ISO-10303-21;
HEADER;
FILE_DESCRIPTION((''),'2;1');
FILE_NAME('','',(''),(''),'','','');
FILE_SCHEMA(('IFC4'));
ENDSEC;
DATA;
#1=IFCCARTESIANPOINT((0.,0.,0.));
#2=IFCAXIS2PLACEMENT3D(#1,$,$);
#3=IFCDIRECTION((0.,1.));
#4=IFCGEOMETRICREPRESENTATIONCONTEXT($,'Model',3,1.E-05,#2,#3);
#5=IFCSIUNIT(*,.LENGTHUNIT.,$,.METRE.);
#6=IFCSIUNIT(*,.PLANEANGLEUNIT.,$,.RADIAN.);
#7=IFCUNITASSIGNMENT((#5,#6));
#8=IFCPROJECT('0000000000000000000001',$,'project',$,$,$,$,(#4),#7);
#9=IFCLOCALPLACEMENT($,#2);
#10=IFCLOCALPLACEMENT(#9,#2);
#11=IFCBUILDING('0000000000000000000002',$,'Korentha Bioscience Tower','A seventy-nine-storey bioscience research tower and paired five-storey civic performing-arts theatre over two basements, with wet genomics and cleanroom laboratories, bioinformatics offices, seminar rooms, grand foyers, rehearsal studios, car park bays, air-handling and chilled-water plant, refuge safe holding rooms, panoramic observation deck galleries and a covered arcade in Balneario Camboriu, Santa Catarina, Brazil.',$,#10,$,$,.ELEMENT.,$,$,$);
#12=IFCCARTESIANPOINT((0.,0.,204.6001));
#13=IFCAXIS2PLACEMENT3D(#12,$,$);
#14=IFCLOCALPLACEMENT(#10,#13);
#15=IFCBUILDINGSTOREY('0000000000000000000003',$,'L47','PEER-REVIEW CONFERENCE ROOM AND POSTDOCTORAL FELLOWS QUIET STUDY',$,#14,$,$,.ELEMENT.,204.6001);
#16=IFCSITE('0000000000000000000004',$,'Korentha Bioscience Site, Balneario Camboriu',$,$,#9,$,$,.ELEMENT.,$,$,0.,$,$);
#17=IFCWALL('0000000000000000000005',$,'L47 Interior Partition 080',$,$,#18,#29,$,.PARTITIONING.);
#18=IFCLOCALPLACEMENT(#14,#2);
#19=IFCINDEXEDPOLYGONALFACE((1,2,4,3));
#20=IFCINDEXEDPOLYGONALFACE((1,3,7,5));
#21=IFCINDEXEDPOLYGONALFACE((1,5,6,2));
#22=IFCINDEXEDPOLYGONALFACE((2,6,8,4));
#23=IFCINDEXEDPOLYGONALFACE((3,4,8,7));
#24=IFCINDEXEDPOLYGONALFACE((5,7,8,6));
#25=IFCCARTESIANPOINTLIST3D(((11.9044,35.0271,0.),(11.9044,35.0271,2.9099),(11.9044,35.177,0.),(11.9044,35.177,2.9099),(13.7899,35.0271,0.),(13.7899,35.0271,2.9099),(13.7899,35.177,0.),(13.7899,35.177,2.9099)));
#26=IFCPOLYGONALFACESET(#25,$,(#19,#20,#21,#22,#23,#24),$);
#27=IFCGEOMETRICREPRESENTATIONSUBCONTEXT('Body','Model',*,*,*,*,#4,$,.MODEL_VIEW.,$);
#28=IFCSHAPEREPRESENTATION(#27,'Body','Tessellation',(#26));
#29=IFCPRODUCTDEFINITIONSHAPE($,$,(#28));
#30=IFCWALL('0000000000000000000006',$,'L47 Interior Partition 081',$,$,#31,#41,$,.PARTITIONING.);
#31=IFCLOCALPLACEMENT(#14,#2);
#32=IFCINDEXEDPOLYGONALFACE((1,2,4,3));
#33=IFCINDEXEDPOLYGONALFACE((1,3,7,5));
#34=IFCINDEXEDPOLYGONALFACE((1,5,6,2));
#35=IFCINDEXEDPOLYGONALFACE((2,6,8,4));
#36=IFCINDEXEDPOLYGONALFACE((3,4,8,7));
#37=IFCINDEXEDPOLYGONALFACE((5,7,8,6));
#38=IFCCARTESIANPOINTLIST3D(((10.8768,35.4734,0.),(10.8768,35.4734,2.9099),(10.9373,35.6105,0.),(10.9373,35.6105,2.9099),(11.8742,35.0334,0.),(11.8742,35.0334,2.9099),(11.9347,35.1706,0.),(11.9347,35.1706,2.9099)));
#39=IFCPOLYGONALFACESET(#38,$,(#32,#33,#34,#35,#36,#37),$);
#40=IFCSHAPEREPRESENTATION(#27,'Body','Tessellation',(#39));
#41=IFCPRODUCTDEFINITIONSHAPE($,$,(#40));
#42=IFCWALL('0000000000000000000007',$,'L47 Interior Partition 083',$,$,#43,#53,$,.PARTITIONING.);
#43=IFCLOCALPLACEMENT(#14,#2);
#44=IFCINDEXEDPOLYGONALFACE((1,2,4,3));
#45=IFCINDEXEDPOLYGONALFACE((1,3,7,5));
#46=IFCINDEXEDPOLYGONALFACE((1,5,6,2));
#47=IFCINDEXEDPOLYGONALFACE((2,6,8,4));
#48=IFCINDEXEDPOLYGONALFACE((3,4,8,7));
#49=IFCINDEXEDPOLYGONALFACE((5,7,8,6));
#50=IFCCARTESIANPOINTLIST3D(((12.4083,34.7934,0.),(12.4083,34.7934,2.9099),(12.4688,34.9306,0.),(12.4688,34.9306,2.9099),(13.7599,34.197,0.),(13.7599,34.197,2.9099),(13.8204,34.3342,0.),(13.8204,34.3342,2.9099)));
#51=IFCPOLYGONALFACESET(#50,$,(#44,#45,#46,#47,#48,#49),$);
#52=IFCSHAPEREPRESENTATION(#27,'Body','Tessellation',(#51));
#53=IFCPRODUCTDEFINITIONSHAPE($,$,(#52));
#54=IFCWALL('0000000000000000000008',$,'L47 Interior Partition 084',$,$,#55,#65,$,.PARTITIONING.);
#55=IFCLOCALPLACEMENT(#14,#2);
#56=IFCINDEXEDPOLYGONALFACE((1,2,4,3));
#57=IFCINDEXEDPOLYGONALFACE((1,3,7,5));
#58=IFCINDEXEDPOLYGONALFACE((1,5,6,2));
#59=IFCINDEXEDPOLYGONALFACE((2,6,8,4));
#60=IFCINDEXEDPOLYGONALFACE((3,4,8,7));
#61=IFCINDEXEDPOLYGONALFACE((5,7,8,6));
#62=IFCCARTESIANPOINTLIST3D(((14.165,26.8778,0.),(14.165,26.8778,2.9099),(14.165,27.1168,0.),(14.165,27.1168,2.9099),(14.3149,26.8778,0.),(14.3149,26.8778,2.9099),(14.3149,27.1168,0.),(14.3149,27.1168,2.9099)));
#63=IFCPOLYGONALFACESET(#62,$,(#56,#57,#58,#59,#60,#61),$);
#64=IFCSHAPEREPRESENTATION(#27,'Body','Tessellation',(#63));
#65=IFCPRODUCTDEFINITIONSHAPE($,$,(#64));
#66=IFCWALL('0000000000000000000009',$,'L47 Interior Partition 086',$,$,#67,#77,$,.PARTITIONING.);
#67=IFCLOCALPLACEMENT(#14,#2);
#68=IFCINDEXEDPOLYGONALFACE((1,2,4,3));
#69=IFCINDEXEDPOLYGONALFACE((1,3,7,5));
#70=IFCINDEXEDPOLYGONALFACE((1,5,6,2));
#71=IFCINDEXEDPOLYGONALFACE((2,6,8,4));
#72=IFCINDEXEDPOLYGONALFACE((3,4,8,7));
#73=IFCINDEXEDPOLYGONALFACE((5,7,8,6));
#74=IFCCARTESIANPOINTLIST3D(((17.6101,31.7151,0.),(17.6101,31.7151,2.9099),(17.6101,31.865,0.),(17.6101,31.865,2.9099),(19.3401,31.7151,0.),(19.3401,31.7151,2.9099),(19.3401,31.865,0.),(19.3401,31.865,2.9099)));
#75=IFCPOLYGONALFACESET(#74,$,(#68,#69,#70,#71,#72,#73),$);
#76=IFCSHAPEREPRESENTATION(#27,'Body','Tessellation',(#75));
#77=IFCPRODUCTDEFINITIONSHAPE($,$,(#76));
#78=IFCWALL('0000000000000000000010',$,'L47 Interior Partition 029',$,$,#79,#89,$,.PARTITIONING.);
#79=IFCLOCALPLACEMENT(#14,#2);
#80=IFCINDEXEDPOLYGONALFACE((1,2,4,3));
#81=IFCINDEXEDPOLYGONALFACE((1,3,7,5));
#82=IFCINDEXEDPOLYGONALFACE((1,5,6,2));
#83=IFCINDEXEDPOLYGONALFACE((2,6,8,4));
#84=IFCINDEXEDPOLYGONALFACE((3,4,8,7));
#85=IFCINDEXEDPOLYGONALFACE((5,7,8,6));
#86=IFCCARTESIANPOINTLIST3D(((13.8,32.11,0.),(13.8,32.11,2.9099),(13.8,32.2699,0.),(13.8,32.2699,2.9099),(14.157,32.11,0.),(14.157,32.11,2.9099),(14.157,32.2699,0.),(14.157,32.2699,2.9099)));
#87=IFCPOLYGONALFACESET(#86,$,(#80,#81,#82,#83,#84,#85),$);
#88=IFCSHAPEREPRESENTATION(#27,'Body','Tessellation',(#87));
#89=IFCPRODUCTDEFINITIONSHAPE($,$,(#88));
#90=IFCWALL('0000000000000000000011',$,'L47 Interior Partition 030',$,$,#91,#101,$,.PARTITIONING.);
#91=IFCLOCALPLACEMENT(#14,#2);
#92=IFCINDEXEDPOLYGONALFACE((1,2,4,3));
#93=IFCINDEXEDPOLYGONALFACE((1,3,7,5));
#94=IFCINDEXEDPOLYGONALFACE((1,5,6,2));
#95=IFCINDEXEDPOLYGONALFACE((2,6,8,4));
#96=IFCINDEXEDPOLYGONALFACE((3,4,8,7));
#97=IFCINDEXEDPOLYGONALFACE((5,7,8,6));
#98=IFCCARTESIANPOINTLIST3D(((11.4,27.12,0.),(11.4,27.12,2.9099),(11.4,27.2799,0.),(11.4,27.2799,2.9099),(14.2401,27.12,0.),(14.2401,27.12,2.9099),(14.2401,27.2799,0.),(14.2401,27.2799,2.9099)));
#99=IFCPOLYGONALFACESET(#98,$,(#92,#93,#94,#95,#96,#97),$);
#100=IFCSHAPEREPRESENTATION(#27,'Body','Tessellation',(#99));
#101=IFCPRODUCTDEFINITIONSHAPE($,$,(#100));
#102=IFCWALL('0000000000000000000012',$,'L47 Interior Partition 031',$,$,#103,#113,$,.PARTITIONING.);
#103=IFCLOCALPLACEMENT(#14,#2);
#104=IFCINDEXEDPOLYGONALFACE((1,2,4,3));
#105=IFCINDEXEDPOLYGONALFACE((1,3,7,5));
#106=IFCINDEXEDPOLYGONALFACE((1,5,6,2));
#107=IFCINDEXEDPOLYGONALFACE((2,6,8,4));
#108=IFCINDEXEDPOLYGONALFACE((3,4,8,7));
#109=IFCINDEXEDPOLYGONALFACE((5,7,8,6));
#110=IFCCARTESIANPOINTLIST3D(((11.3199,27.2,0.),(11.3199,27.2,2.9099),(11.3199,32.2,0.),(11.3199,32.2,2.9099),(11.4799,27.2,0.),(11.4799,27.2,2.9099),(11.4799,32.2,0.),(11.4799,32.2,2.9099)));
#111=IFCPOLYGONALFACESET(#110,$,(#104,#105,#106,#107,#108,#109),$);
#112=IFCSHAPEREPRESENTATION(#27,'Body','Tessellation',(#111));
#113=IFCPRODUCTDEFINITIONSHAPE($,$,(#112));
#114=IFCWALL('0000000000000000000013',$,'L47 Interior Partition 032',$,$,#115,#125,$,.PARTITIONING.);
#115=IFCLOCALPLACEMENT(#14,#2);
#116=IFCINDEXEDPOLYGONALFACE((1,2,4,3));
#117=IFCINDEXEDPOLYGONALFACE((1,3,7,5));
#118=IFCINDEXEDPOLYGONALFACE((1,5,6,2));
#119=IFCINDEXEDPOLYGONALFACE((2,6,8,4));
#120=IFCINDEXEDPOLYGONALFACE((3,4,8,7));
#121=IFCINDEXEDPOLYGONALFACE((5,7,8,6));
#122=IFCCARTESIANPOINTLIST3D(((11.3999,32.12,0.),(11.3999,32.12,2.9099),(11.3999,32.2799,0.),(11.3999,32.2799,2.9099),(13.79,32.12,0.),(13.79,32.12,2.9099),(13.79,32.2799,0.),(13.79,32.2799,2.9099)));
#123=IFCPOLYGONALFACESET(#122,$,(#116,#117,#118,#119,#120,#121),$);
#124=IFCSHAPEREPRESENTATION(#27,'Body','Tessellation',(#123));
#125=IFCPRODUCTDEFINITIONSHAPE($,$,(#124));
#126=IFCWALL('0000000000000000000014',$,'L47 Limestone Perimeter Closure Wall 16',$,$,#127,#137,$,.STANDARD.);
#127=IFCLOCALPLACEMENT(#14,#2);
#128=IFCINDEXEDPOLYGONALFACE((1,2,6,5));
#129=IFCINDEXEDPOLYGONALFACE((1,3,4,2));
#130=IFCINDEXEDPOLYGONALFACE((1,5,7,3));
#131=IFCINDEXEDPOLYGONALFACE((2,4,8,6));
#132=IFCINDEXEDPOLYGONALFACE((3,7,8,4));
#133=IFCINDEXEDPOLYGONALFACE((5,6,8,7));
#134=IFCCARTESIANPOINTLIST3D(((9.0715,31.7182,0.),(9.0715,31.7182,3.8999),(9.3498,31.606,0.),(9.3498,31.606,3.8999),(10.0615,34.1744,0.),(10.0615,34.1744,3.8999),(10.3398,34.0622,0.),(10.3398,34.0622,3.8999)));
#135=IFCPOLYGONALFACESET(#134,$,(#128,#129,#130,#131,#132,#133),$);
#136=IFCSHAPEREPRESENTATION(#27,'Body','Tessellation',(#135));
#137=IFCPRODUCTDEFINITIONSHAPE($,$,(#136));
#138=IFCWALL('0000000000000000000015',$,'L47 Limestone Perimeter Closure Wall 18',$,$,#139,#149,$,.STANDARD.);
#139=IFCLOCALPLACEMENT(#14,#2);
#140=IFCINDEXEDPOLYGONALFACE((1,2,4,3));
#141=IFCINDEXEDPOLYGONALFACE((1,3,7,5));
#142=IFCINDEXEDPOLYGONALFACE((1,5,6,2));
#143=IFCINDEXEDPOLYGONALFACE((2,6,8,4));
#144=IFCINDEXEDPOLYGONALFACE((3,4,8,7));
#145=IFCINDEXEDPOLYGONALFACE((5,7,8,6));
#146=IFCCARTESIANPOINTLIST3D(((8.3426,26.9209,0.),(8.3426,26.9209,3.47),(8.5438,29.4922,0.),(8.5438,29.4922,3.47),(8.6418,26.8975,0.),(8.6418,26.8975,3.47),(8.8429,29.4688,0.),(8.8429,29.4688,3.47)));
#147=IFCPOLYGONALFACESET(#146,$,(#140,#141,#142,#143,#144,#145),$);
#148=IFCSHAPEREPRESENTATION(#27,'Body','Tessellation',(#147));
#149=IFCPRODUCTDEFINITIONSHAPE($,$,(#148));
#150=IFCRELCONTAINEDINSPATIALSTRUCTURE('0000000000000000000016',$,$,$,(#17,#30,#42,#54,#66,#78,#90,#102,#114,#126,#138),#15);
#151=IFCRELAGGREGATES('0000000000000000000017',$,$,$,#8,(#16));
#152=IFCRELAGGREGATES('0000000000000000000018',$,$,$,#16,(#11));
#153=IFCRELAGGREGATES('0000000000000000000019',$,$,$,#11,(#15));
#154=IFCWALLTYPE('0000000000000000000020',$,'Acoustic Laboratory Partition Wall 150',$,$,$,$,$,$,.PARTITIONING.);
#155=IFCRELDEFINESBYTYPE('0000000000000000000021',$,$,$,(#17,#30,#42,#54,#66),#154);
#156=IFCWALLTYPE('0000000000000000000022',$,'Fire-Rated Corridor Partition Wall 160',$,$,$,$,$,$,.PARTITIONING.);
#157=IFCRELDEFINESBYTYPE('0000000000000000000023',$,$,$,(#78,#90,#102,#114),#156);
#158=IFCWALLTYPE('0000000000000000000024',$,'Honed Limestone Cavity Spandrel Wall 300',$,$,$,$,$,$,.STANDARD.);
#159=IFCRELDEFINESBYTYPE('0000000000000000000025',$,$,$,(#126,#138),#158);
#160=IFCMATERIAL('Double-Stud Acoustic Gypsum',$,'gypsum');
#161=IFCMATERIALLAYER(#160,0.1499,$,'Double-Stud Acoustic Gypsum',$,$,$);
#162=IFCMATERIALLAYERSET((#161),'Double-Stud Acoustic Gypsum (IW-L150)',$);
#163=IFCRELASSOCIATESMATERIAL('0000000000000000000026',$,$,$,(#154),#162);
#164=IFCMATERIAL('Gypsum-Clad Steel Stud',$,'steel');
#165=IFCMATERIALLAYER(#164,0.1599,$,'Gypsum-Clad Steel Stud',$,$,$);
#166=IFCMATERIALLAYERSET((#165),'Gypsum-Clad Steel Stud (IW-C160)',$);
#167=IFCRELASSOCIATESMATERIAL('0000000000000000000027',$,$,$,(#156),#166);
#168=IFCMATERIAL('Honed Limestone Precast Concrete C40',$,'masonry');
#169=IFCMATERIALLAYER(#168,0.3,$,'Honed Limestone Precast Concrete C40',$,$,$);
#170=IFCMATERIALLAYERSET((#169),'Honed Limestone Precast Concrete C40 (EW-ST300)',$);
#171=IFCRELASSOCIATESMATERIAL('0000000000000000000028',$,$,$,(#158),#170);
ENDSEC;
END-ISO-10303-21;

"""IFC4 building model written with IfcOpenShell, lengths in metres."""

from ifc_helpers import new_model, si_unit, direction, frame, frame_2d, origin, place, context, subcontext, project, spatial, rectangle, extrude, material, layer, layer_set, type_object, element, save


model = new_model("IFC4")

# Units and contexts
model_context = context("Model", 3, precision=1e-05, world=origin(), true_north=direction((0.0, 1.0)))
body_context = subcontext(model_context, "Body", "Model", "MODEL_VIEW")
ifc_project = project(units=[si_unit("LENGTHUNIT", "METRE"), si_unit("PLANEANGLEUNIT", "RADIAN")], contexts=[model_context])

# Site, building, storey
site_placement = place(None, origin())
site = spatial("IfcSite", under=ifc_project, at=site_placement, Name="Korentha Bioscience Site, Balneario Camboriu", CompositionType="ELEMENT", RefElevation=0.0)
building_placement = place(site_placement, origin())
building = spatial("IfcBuilding", under=site, at=building_placement, Name="Korentha Bioscience Tower", Description="A seventy-nine-storey bioscience research tower and paired five-storey civic performing-arts theatre over two basements, with wet genomics and cleanroom laboratories, bioinformatics offices, seminar rooms, grand foyers, rehearsal studios, car park bays, air-handling and chilled-water plant, refuge safe holding rooms, panoramic observation deck galleries and a covered arcade in Balneario Camboriu, Santa Catarina, Brazil.", CompositionType="ELEMENT")
storey_placement = place(building_placement, frame((0.0, 0.0, 204.6001)))
storey = spatial("IfcBuildingStorey", under=building, at=storey_placement, Name="L47", Description="PEER-REVIEW CONFERENCE ROOM AND POSTDOCTORAL FELLOWS QUIET STUDY", CompositionType="ELEMENT", Elevation=204.6001)

# Shared definitions
ifc_material_1 = material(Name="Double-Stud Acoustic Gypsum", Category="gypsum")
ifc_layer_1 = layer(ifc_material_1, 0.1499, Name="Double-Stud Acoustic Gypsum")
ifc_layer_set_1 = layer_set([ifc_layer_1], Name="Double-Stud Acoustic Gypsum (IW-L150)")
wall_type_1 = type_object("IfcWallType", Name="Acoustic Laboratory Partition Wall 150", PredefinedType="PARTITIONING", material=ifc_layer_set_1)

# Walls
wall_1_placement = place(storey_placement, frame((13.79, 35.1021, 0.0), z_axis=(0.0, 0.0, 1.0), x_axis=(-1.0, 0.0, 0.0)))
element("IfcWall", 1, at=wall_1_placement, inside=storey, type_object=wall_type_1, Name="L47 Interior Partition 080", PredefinedType="PARTITIONING", context=body_context, shape_type="SweptSolid", body=[
    extrude(rectangle(XDim=1.8855, YDim=0.1499, at=frame_2d((0.9429, 0.0))), origin(), (0.0, 0.0, 1.0), 2.9099),
])
wall_2_placement = place(storey_placement, frame((11.9043, 35.1021, 0.0), z_axis=(0.0, 0.0, 1.0), x_axis=(-0.914935, 0.403602, 0.0)))
element("IfcWall", 2, at=wall_2_placement, inside=storey, type_object=wall_type_1, Name="L47 Interior Partition 081", PredefinedType="PARTITIONING", context=body_context, shape_type="SweptSolid", body=[
    extrude(rectangle(XDim=1.0901, YDim=0.1499, at=frame_2d((0.5449, 0.0))), origin(), (0.0, 0.0, 1.0), 2.9099),
])
wall_3_placement = place(storey_placement, frame((12.4385, 34.8621, 0.0), z_axis=(0.0, 0.0, 1.0), x_axis=(0.914878, -0.40373, 0.0)))
element("IfcWall", 3, at=wall_3_placement, inside=storey, type_object=wall_type_1, Name="L47 Interior Partition 083", PredefinedType="PARTITIONING", context=body_context, shape_type="SweptSolid", body=[
    extrude(rectangle(XDim=1.4773, YDim=0.1499, at=frame_2d((0.7388, 0.0))), origin(), (0.0, 0.0, 1.0), 2.9099),
])
wall_4_placement = place(storey_placement, frame((14.24, 27.1169, 0.0), z_axis=(0.0, 0.0, 1.0), x_axis=(0.0, -1.0, 0.0)))
element("IfcWall", 4, at=wall_4_placement, inside=storey, type_object=wall_type_1, Name="L47 Interior Partition 084", PredefinedType="PARTITIONING", context=body_context, shape_type="SweptSolid", body=[
    extrude(rectangle(XDim=0.239, YDim=0.1499, at=frame_2d((0.1196, 0.0))), origin(), (0.0, 0.0, 1.0), 2.9099),
])
wall_5_placement = place(storey_placement, frame((17.6101, 31.79, 0.0), z_axis=(0.0, 0.0, 1.0), x_axis=(1.0, 0.0, 0.0)))
element("IfcWall", 5, at=wall_5_placement, inside=storey, type_object=wall_type_1, Name="L47 Interior Partition 086", PredefinedType="PARTITIONING", context=body_context, shape_type="SweptSolid", body=[
    extrude(rectangle(XDim=1.73, YDim=0.1499, at=frame_2d((0.865, 0.0))), origin(), (0.0, 0.0, 1.0), 2.9099),
])

# Shared definitions
ifc_material_2 = material(Name="Gypsum-Clad Steel Stud", Category="steel")
ifc_layer_2 = layer(ifc_material_2, 0.1599, Name="Gypsum-Clad Steel Stud")
ifc_layer_set_2 = layer_set([ifc_layer_2], Name="Gypsum-Clad Steel Stud (IW-C160)")
wall_type_2 = type_object("IfcWallType", Name="Fire-Rated Corridor Partition Wall 160", PredefinedType="PARTITIONING", material=ifc_layer_set_2)

# Walls
wall_6_placement = place(storey_placement, frame((13.8, 32.1899, 0.0), z_axis=(0.0, 0.0, 1.0), x_axis=(1.0, 0.0, 0.0)))
element("IfcWall", 6, at=wall_6_placement, inside=storey, type_object=wall_type_2, Name="L47 Interior Partition 029", PredefinedType="PARTITIONING", context=body_context, shape_type="SweptSolid", body=[
    extrude(rectangle(XDim=0.3569, YDim=0.1599, at=frame_2d((0.1785, 0.0))), origin(), (0.0, 0.0, 1.0), 2.9099),
])
wall_7_placement = place(storey_placement, frame((14.24, 27.2, 0.0), z_axis=(0.0, 0.0, 1.0), x_axis=(-1.0, 0.0, 0.0)))
element("IfcWall", 7, at=wall_7_placement, inside=storey, type_object=wall_type_2, Name="L47 Interior Partition 030", PredefinedType="PARTITIONING", context=body_context, shape_type="SweptSolid", body=[
    extrude(rectangle(XDim=2.8401, YDim=0.1599, at=frame_2d((1.4199, 0.0))), origin(), (0.0, 0.0, 1.0), 2.9099),
])
wall_8_placement = place(storey_placement, frame((11.3999, 27.2, 0.0), z_axis=(0.0, 0.0, 1.0), x_axis=(0.0, 1.0, 0.0)))
element("IfcWall", 8, at=wall_8_placement, inside=storey, type_object=wall_type_2, Name="L47 Interior Partition 031", PredefinedType="PARTITIONING", context=body_context, shape_type="SweptSolid", body=[
    extrude(rectangle(XDim=5.0, YDim=0.1599, at=frame_2d((2.5, 0.0))), origin(), (0.0, 0.0, 1.0), 2.9099),
])
wall_9_placement = place(storey_placement, frame((11.3999, 32.2, 0.0), z_axis=(0.0, 0.0, 1.0), x_axis=(1.0, 0.0, 0.0)))
element("IfcWall", 9, at=wall_9_placement, inside=storey, type_object=wall_type_2, Name="L47 Interior Partition 032", PredefinedType="PARTITIONING", context=body_context, shape_type="SweptSolid", body=[
    extrude(rectangle(XDim=2.3901, YDim=0.1599, at=frame_2d((1.1951, 0.0))), origin(), (0.0, 0.0, 1.0), 2.9099),
])

# Shared definitions
ifc_material_3 = material(Name="Honed Limestone Precast Concrete C40", Category="masonry")
ifc_layer_3 = layer(ifc_material_3, 0.3, Name="Honed Limestone Precast Concrete C40")
ifc_layer_set_3 = layer_set([ifc_layer_3], Name="Honed Limestone Precast Concrete C40 (EW-ST300)")
wall_type_3 = type_object("IfcWallType", Name="Honed Limestone Cavity Spandrel Wall 300", PredefinedType="STANDARD", material=ifc_layer_set_3)

# Walls
wall_10_placement = place(storey_placement, frame((10.2007, 34.1184, 0.0), z_axis=(0.0, 0.0, 1.0), x_axis=(-0.373821, -0.927501, 0.0)))
element("IfcWall", 10, at=wall_10_placement, inside=storey, type_object=wall_type_3, Name="L47 Limestone Perimeter Closure Wall 16", PredefinedType="STANDARD", context=body_context, shape_type="SweptSolid", body=[
    extrude(rectangle(XDim=2.6482, YDim=0.3, at=frame_2d((1.3242, 0.0))), origin(), (0.0, 0.0, 1.0), 3.8999),
])
wall_11_placement = place(storey_placement, frame((8.6934, 29.4805, 0.0), z_axis=(0.0, 0.0, 1.0), x_axis=(-0.077999, -0.996953, 0.0)))
element("IfcWall", 11, at=wall_11_placement, inside=storey, type_object=wall_type_3, Name="L47 Limestone Perimeter Closure Wall 18", PredefinedType="STANDARD", context=body_context, shape_type="SweptSolid", body=[
    extrude(rectangle(XDim=2.5791, YDim=0.3, at=frame_2d((1.2896, 0.0))), origin(), (0.0, 0.0, 1.0), 3.47),
])

save(model, "model.ifc")
